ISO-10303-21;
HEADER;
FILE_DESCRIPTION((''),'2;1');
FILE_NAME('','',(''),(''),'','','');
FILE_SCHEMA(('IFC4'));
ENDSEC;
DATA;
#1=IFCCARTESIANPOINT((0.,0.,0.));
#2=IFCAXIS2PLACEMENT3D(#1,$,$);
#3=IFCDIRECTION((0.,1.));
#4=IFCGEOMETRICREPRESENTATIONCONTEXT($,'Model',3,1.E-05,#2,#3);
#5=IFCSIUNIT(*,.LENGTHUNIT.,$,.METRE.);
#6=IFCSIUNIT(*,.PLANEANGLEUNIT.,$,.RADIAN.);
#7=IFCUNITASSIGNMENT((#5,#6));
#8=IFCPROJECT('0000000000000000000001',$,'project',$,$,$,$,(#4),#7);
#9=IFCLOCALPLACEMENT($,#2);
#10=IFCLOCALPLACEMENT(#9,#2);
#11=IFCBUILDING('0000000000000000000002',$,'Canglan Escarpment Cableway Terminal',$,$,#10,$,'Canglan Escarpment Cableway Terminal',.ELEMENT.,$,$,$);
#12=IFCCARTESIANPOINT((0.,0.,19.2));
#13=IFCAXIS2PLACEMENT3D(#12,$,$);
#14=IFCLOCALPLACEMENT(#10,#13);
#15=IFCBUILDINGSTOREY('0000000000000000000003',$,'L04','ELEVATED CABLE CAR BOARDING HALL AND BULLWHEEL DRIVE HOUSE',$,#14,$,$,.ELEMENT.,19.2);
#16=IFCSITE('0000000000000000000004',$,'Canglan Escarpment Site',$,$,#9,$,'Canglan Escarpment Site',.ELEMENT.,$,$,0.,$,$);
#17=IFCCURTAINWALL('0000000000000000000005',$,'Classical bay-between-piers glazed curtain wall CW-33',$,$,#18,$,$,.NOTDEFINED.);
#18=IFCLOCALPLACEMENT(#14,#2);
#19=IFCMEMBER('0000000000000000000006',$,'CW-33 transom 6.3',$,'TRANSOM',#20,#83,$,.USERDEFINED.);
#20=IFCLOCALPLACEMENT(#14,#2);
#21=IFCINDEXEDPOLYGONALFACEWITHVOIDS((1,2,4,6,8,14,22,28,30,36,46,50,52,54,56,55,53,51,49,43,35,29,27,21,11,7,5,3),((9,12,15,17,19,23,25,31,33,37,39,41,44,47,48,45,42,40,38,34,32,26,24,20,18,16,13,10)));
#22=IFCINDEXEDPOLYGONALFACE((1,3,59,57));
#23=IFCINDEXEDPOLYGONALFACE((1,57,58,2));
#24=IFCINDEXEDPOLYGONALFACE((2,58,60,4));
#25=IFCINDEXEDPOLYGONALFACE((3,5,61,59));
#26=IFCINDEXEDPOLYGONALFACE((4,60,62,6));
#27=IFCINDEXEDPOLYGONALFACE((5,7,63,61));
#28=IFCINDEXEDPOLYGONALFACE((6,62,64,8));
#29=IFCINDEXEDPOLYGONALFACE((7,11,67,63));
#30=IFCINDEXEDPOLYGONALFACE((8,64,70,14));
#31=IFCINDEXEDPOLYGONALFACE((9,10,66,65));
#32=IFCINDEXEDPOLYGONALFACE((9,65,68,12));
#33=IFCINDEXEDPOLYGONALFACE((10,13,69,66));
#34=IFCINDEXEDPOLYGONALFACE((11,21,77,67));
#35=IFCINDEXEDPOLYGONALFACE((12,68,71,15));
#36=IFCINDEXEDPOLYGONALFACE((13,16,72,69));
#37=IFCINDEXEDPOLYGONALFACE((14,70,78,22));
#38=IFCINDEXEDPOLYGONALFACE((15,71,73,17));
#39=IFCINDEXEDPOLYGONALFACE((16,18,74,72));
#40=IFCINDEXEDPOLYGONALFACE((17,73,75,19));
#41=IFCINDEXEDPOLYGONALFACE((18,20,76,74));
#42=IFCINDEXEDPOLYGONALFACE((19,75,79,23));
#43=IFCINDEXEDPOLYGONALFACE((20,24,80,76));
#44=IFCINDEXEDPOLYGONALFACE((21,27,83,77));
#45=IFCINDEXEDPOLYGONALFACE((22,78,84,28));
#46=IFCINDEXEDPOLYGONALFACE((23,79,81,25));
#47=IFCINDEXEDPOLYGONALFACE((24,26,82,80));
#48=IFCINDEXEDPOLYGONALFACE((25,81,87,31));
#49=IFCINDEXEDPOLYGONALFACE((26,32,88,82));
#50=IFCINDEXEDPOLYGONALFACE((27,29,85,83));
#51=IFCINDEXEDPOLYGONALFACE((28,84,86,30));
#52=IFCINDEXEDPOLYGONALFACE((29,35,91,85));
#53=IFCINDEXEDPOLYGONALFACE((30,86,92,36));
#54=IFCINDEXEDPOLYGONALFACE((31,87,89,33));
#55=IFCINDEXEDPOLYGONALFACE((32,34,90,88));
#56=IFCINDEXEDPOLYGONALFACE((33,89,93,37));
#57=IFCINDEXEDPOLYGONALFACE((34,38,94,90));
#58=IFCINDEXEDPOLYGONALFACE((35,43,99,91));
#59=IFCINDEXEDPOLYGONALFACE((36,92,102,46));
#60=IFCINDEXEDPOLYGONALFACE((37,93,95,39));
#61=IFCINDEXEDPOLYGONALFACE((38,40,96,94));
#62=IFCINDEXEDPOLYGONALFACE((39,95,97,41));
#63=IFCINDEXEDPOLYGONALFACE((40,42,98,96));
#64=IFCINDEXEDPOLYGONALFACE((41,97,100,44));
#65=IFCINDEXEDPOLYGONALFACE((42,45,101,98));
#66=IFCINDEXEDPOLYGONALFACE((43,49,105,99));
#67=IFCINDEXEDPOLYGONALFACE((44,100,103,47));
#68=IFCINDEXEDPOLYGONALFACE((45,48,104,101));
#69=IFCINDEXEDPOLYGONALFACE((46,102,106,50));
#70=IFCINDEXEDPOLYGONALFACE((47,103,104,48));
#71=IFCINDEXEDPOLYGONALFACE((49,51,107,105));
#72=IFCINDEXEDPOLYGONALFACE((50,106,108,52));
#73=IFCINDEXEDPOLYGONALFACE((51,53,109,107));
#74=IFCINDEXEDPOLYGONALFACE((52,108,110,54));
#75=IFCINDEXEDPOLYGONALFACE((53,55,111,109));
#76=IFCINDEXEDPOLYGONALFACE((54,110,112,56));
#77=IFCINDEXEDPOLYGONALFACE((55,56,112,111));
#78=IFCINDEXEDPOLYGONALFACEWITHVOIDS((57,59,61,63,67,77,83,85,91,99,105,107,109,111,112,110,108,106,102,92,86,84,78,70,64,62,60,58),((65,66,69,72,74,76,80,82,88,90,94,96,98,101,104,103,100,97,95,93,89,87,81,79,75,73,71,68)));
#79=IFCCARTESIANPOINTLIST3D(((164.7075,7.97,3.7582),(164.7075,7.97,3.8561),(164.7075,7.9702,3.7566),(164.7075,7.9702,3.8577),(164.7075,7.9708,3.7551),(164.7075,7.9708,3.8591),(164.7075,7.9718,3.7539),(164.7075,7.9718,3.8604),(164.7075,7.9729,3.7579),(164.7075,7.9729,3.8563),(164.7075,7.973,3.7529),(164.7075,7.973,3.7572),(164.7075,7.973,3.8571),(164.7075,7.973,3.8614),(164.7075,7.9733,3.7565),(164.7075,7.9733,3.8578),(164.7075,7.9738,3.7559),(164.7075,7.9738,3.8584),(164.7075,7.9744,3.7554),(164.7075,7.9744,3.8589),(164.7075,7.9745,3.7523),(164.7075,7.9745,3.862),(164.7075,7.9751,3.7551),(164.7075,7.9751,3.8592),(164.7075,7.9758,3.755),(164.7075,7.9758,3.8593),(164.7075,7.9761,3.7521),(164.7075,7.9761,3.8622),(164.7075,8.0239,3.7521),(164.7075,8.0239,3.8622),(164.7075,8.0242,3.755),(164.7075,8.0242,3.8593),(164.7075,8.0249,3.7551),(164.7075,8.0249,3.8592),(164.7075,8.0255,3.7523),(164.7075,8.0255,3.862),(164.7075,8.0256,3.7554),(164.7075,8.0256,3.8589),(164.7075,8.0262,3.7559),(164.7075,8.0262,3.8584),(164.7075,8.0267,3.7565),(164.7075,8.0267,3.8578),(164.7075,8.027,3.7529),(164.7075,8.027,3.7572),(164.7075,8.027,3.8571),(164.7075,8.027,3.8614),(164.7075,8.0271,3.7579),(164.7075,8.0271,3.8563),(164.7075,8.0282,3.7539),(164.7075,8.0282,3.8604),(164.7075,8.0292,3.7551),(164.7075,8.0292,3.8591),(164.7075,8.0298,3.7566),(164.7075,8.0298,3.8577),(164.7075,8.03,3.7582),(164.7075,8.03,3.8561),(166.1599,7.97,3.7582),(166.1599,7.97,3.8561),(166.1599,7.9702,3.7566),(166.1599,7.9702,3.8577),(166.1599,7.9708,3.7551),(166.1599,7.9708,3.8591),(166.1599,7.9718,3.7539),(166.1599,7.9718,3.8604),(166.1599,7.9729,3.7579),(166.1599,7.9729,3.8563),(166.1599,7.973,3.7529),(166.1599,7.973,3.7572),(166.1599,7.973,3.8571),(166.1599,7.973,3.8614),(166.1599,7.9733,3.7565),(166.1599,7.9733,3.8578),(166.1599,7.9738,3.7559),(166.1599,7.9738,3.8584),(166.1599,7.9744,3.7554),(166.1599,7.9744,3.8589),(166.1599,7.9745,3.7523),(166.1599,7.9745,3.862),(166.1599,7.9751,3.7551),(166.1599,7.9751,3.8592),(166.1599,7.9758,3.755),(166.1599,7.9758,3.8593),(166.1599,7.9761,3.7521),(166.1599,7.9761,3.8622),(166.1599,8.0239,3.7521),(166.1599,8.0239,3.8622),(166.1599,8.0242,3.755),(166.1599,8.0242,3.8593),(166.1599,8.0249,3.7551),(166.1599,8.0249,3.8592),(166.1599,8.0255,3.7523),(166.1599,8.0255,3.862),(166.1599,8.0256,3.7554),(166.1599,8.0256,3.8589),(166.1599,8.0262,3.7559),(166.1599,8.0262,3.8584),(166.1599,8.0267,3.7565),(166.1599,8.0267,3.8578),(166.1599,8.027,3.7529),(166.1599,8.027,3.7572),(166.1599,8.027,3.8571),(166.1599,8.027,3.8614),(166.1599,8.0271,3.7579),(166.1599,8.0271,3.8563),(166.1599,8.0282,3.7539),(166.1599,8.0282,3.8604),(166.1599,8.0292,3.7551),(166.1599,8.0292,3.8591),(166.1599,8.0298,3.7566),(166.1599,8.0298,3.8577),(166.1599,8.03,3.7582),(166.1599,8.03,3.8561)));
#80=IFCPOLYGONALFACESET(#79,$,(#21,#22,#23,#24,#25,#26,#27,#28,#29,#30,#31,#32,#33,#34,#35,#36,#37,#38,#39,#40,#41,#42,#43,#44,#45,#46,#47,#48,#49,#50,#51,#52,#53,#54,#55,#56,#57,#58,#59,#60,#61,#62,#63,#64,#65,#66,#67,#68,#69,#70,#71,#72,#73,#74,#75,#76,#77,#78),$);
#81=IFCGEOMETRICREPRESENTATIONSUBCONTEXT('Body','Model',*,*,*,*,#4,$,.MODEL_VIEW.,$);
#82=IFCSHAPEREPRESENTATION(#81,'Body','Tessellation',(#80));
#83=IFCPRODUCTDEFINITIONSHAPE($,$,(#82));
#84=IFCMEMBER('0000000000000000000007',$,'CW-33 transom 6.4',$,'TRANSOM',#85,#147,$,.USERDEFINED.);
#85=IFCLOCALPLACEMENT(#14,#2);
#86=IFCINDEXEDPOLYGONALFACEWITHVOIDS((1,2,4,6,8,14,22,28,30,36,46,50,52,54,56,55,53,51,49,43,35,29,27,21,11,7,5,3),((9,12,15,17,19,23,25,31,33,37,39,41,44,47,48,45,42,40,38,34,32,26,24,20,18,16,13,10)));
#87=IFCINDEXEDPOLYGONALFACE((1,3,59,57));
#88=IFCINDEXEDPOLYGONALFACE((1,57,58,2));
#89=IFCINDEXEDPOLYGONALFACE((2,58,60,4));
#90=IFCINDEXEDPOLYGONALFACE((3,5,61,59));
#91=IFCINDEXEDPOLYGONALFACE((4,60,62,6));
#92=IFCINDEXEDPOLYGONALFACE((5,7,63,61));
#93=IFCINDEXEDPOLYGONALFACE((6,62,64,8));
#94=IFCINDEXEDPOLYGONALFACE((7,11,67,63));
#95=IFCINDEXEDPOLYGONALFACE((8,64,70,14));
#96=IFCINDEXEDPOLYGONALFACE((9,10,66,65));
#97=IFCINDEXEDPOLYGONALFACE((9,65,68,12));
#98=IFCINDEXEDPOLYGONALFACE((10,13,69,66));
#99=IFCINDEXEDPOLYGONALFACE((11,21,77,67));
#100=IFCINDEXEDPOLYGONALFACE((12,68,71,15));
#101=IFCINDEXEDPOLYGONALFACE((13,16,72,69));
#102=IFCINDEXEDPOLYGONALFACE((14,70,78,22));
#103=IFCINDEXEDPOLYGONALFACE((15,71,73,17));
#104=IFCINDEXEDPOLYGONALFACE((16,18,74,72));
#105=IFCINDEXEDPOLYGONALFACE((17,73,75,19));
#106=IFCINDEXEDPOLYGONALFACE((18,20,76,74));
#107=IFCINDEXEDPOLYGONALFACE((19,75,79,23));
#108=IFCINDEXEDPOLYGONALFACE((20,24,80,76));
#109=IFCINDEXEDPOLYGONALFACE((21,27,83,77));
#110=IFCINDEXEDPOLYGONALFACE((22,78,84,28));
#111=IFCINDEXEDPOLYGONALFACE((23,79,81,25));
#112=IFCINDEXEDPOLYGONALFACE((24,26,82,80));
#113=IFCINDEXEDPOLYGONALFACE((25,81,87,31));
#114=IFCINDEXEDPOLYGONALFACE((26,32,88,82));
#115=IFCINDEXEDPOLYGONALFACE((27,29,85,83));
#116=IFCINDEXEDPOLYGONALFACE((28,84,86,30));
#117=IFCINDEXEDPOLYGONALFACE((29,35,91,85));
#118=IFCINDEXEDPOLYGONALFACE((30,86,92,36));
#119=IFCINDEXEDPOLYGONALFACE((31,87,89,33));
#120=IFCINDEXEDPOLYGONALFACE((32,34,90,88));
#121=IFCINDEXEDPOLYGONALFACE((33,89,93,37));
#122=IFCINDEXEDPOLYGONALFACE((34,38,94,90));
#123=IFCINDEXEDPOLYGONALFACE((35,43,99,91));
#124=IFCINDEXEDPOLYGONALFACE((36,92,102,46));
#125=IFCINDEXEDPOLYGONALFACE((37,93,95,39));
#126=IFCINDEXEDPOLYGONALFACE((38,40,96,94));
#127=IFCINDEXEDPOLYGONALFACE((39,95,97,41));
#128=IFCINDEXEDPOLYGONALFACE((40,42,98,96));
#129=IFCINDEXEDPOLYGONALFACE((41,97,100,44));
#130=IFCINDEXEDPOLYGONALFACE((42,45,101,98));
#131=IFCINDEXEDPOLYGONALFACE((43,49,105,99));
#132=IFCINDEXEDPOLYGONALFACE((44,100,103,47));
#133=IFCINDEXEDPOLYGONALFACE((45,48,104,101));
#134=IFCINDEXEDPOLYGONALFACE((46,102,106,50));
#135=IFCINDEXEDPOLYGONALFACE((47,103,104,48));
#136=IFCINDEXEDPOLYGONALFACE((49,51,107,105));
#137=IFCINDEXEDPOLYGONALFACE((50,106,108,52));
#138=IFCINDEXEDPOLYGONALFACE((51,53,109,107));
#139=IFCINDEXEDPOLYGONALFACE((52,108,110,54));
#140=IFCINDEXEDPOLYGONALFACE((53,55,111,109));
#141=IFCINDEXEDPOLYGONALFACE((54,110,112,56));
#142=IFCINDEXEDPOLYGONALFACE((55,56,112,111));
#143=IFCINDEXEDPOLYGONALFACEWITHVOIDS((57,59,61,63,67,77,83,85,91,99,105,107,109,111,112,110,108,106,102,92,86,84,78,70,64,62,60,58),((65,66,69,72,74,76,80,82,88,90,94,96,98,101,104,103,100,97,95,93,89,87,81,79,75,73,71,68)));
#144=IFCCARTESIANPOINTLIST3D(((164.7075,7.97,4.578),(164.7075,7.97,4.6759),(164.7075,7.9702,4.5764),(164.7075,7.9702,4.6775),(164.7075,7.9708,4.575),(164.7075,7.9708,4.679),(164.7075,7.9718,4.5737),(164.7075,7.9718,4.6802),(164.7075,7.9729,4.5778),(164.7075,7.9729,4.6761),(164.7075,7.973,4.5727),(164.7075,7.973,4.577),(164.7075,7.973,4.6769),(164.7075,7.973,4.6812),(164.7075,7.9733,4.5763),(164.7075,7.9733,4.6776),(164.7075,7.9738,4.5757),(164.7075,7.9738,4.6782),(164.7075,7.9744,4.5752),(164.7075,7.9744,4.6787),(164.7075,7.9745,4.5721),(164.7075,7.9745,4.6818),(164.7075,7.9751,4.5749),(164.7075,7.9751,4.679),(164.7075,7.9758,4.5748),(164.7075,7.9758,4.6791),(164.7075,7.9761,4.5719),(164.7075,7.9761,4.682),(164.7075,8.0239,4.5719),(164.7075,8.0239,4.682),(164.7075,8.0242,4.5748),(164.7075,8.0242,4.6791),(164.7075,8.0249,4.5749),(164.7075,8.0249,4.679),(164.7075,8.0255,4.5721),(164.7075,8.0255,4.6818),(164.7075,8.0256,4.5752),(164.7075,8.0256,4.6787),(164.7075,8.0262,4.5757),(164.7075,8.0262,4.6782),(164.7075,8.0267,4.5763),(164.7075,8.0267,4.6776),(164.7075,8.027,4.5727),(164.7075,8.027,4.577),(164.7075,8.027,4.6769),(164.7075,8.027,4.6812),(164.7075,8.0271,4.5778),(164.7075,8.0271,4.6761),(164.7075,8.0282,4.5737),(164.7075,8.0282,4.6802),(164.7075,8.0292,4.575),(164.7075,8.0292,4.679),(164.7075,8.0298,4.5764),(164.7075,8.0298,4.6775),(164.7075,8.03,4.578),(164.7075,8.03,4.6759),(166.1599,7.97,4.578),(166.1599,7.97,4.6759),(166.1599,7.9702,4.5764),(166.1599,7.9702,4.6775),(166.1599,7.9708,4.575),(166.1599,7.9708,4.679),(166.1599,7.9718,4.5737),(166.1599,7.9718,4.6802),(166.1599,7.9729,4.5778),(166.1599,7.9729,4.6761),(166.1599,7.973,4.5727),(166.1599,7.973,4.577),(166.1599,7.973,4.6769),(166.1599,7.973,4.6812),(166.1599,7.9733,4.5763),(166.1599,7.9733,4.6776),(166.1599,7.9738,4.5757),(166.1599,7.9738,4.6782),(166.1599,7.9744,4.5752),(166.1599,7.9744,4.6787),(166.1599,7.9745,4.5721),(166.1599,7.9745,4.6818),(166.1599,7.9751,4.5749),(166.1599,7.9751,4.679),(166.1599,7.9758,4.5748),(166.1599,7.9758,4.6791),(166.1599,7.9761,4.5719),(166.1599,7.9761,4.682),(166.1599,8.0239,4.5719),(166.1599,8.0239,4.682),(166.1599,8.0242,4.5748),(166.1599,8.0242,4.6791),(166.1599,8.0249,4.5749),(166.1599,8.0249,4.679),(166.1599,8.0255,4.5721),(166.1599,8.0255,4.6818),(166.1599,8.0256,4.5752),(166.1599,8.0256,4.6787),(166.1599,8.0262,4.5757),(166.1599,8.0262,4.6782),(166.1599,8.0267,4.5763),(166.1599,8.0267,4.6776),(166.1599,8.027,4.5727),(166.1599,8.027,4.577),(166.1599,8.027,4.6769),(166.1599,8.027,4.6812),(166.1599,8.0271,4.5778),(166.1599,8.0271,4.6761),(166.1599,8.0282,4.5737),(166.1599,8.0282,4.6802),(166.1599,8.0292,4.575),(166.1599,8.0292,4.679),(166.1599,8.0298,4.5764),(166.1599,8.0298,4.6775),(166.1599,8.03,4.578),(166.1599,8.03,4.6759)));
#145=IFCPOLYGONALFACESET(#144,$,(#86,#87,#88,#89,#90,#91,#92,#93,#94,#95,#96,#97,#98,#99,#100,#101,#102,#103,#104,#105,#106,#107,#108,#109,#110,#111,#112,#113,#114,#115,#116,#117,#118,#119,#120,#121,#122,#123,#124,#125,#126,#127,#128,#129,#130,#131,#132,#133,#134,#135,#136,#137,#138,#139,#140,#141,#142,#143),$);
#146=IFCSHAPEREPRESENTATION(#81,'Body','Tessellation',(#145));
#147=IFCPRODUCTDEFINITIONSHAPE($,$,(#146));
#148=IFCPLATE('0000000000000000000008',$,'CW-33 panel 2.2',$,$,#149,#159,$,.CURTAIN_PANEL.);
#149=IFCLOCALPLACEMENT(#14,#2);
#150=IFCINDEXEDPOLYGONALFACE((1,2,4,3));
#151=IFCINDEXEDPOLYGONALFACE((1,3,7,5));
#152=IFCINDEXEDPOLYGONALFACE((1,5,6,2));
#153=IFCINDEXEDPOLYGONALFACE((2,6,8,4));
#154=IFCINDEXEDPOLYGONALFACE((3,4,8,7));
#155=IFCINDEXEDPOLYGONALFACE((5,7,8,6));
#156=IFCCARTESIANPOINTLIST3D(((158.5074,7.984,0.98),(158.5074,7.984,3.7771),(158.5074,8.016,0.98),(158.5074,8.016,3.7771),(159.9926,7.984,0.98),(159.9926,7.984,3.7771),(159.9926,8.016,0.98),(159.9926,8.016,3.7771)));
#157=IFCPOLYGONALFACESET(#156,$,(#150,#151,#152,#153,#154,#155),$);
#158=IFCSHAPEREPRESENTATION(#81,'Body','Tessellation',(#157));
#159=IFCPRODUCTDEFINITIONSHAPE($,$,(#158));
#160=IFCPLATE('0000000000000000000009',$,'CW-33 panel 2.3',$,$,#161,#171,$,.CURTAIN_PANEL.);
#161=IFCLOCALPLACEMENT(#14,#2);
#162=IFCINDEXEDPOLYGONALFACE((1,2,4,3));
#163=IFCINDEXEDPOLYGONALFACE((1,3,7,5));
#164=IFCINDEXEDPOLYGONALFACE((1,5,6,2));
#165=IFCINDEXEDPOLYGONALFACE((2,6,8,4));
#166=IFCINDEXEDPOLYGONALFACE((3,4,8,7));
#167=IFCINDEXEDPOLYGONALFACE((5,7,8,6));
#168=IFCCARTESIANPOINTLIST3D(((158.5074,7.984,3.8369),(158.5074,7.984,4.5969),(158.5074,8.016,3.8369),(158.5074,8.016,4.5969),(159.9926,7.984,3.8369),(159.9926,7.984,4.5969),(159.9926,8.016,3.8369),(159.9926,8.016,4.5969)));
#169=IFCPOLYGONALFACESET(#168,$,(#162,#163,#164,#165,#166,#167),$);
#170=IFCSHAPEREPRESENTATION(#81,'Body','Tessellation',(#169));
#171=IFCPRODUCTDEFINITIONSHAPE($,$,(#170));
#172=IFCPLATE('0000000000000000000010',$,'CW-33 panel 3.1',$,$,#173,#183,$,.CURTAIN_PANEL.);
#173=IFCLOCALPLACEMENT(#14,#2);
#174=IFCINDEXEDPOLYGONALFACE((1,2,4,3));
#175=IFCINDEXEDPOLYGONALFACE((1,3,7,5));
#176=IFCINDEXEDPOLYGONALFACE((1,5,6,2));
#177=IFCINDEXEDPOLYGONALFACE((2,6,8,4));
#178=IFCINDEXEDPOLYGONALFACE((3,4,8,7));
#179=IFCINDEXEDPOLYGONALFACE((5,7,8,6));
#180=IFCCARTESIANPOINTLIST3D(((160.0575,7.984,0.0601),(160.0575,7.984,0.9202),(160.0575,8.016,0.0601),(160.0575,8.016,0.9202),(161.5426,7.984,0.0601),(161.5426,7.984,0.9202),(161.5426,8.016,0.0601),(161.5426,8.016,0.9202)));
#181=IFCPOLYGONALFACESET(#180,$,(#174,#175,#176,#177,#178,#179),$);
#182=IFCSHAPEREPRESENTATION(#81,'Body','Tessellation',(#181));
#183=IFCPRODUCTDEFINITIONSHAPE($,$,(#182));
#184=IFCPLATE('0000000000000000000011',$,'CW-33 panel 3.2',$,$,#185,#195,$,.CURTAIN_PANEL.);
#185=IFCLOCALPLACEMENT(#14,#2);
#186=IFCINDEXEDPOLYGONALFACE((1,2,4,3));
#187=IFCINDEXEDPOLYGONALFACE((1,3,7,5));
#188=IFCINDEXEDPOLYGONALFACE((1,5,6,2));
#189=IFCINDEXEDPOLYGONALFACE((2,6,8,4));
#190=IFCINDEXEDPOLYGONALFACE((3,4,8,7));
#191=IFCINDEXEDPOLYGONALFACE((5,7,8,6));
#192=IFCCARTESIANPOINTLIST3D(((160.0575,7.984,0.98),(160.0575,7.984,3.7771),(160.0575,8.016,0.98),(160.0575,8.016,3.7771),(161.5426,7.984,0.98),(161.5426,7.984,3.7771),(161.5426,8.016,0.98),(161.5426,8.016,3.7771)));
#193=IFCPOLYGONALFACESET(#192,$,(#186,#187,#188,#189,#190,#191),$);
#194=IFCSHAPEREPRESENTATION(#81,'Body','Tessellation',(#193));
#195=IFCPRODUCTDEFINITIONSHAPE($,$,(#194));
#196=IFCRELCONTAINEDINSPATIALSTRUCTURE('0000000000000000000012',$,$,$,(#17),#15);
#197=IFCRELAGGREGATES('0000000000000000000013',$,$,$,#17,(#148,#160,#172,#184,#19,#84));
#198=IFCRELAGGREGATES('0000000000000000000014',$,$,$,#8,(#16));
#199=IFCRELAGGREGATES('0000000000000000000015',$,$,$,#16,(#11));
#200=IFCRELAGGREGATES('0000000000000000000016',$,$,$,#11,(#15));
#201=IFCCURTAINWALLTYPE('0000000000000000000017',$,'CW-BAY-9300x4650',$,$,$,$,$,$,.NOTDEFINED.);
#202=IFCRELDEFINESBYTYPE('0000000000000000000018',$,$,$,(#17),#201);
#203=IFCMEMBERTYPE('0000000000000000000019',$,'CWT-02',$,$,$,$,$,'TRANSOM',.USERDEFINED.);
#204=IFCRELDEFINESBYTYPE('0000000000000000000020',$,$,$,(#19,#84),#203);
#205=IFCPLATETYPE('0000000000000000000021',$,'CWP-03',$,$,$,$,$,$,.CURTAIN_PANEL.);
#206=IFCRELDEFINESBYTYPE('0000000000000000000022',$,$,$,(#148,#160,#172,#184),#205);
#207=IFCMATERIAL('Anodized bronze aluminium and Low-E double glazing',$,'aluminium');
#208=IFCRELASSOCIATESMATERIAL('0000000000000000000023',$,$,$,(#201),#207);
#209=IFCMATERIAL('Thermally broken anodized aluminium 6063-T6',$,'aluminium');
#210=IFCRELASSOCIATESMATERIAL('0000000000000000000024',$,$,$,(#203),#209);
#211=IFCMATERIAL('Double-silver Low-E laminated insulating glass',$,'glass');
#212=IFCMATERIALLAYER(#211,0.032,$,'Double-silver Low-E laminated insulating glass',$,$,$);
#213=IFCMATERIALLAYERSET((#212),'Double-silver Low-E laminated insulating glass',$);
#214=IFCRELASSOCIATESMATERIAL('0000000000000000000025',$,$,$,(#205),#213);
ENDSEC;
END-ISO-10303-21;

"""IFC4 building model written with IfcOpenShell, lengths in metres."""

from ifc_helpers import new_model, si_unit, direction, frame, origin, origin_2d, place, context, subcontext, project, spatial, rectangle, hollow_rectangle, extrude, material, layer, layer_set, material_profile, profile_set, type_object, element, aggregate, save


model = new_model("IFC4")

# Units and contexts
model_context = context("Model", 3, precision=1e-05, world=origin(), true_north=direction((0.0, 1.0)))
body_context = subcontext(model_context, "Body", "Model", "MODEL_VIEW")
ifc_project = project(units=[si_unit("LENGTHUNIT", "METRE"), si_unit("PLANEANGLEUNIT", "RADIAN")], contexts=[model_context])

# Site, building, storey
site_placement = place(None, origin())
site = spatial("IfcSite", under=ifc_project, at=site_placement, Name="Canglan Escarpment Site", LongName="Canglan Escarpment Site", CompositionType="ELEMENT", RefElevation=0.0)
building_placement = place(site_placement, origin())
building = spatial("IfcBuilding", under=site, at=building_placement, Name="Canglan Escarpment Cableway Terminal", LongName="Canglan Escarpment Cableway Terminal", CompositionType="ELEMENT")
storey_placement = place(building_placement, frame((0.0, 0.0, 19.2)))
storey = spatial("IfcBuildingStorey", under=building, at=storey_placement, Name="L04", Description="ELEVATED CABLE CAR BOARDING HALL AND BULLWHEEL DRIVE HOUSE", CompositionType="ELEMENT", Elevation=19.2)

# Curtain wall, members, plates
ifc_material_1 = material(Name="Anodized bronze aluminium and Low-E double glazing", Category="aluminium")
curtain_wall_type = type_object("IfcCurtainWallType", Name="CW-BAY-9300x4650", PredefinedType="NOTDEFINED", material=ifc_material_1)
curtain_wall_placement = place(storey_placement, origin())
curtain_wall = element("IfcCurtainWall", 1, at=curtain_wall_placement, inside=storey, type_object=curtain_wall_type, Name="Classical bay-between-piers glazed curtain wall CW-33", PredefinedType="NOTDEFINED")
ifc_material_2 = material(Name="Thermally broken anodized aluminium 6063-T6", Category="aluminium")
ifc_material_profile_1 = material_profile(ifc_material_2, hollow_rectangle(XDim=0.0601, YDim=0.1101, WallThickness=0.0029, InnerFilletRadius=0.0029, OuterFilletRadius=0.0061, at=origin_2d()), Name="ALU-TRAN 60x110x3")
ifc_profile_set_1 = profile_set([ifc_material_profile_1], Name="Thermally broken anodized aluminium 6063-T6")
member_type_1 = type_object("IfcMemberType", Name="CWT-02", ElementType="TRANSOM", PredefinedType="USERDEFINED", material=ifc_profile_set_1)
member_1_placement = place(storey_placement, frame((164.7075, 8.0, 3.8071), z_axis=(1.0, 0.0, 0.0), x_axis=(0.0, 1.0, 0.0)))
member_1 = element("IfcMember", 2, at=member_1_placement, type_object=member_type_1, Name="CW-33 transom 6.3", ObjectType="TRANSOM", PredefinedType="USERDEFINED", context=body_context, shape_type="SweptSolid", body=[
    extrude(hollow_rectangle(XDim=0.0601, YDim=0.1101, WallThickness=0.0029, InnerFilletRadius=0.0029, OuterFilletRadius=0.0061, at=origin_2d()), origin(), (0.0, 0.0, 1.0), 1.4524),
])
member_2_placement = place(storey_placement, frame((164.7075, 8.0, 4.627), z_axis=(1.0, 0.0, 0.0), x_axis=(0.0, 1.0, 0.0)))
member_2 = element("IfcMember", 3, at=member_2_placement, type_object=member_type_1, Name="CW-33 transom 6.4", ObjectType="TRANSOM", PredefinedType="USERDEFINED", context=body_context, shape_type="SweptSolid", body=[
    extrude(hollow_rectangle(XDim=0.0601, YDim=0.1101, WallThickness=0.0029, InnerFilletRadius=0.0029, OuterFilletRadius=0.0061, at=origin_2d()), origin(), (0.0, 0.0, 1.0), 1.4524),
])
ifc_material_3 = material(Name="Double-silver Low-E laminated insulating glass", Category="glass")
ifc_layer = layer(ifc_material_3, 0.032, Name="Double-silver Low-E laminated insulating glass")
ifc_layer_set = layer_set([ifc_layer], Name="Double-silver Low-E laminated insulating glass")
plate_type = type_object("IfcPlateType", Name="CWP-03", PredefinedType="CURTAIN_PANEL", material=ifc_layer_set)
plate_1_placement = place(storey_placement, frame((159.25, 8.0, 0.98), z_axis=(0.0, 0.0, 1.0), x_axis=(1.0, 0.0, 0.0)))
plate_1 = element("IfcPlate", 4, at=plate_1_placement, type_object=plate_type, Name="CW-33 panel 2.2", PredefinedType="CURTAIN_PANEL", context=body_context, shape_type="SweptSolid", body=[
    extrude(rectangle(XDim=1.4851, YDim=0.032, at=origin_2d()), origin(), (0.0, 0.0, 1.0), 2.7971),
])
plate_2_placement = place(storey_placement, frame((159.25, 8.0, 3.8369), z_axis=(0.0, 0.0, 1.0), x_axis=(1.0, 0.0, 0.0)))
plate_2 = element("IfcPlate", 5, at=plate_2_placement, type_object=plate_type, Name="CW-33 panel 2.3", PredefinedType="CURTAIN_PANEL", context=body_context, shape_type="SweptSolid", body=[
    extrude(rectangle(XDim=1.4851, YDim=0.032, at=origin_2d()), origin(), (0.0, 0.0, 1.0), 0.76),
])
plate_3_placement = place(storey_placement, frame((160.8, 8.0, 0.0601), z_axis=(0.0, 0.0, 1.0), x_axis=(1.0, 0.0, 0.0)))
plate_3 = element("IfcPlate", 6, at=plate_3_placement, type_object=plate_type, Name="CW-33 panel 3.1", PredefinedType="CURTAIN_PANEL", context=body_context, shape_type="SweptSolid", body=[
    extrude(rectangle(XDim=1.4851, YDim=0.032, at=origin_2d()), origin(), (0.0, 0.0, 1.0), 0.8601),
])
plate_4_placement = place(storey_placement, frame((160.8, 8.0, 0.98), z_axis=(0.0, 0.0, 1.0), x_axis=(1.0, 0.0, 0.0)))
plate_4 = element("IfcPlate", 7, at=plate_4_placement, type_object=plate_type, Name="CW-33 panel 3.2", PredefinedType="CURTAIN_PANEL", context=body_context, shape_type="SweptSolid", body=[
    extrude(rectangle(XDim=1.4851, YDim=0.032, at=origin_2d()), origin(), (0.0, 0.0, 1.0), 2.7971),
])
aggregate(curtain_wall, [plate_1, plate_2, plate_3, plate_4, member_1, member_2])

save(model, "model.ifc")
